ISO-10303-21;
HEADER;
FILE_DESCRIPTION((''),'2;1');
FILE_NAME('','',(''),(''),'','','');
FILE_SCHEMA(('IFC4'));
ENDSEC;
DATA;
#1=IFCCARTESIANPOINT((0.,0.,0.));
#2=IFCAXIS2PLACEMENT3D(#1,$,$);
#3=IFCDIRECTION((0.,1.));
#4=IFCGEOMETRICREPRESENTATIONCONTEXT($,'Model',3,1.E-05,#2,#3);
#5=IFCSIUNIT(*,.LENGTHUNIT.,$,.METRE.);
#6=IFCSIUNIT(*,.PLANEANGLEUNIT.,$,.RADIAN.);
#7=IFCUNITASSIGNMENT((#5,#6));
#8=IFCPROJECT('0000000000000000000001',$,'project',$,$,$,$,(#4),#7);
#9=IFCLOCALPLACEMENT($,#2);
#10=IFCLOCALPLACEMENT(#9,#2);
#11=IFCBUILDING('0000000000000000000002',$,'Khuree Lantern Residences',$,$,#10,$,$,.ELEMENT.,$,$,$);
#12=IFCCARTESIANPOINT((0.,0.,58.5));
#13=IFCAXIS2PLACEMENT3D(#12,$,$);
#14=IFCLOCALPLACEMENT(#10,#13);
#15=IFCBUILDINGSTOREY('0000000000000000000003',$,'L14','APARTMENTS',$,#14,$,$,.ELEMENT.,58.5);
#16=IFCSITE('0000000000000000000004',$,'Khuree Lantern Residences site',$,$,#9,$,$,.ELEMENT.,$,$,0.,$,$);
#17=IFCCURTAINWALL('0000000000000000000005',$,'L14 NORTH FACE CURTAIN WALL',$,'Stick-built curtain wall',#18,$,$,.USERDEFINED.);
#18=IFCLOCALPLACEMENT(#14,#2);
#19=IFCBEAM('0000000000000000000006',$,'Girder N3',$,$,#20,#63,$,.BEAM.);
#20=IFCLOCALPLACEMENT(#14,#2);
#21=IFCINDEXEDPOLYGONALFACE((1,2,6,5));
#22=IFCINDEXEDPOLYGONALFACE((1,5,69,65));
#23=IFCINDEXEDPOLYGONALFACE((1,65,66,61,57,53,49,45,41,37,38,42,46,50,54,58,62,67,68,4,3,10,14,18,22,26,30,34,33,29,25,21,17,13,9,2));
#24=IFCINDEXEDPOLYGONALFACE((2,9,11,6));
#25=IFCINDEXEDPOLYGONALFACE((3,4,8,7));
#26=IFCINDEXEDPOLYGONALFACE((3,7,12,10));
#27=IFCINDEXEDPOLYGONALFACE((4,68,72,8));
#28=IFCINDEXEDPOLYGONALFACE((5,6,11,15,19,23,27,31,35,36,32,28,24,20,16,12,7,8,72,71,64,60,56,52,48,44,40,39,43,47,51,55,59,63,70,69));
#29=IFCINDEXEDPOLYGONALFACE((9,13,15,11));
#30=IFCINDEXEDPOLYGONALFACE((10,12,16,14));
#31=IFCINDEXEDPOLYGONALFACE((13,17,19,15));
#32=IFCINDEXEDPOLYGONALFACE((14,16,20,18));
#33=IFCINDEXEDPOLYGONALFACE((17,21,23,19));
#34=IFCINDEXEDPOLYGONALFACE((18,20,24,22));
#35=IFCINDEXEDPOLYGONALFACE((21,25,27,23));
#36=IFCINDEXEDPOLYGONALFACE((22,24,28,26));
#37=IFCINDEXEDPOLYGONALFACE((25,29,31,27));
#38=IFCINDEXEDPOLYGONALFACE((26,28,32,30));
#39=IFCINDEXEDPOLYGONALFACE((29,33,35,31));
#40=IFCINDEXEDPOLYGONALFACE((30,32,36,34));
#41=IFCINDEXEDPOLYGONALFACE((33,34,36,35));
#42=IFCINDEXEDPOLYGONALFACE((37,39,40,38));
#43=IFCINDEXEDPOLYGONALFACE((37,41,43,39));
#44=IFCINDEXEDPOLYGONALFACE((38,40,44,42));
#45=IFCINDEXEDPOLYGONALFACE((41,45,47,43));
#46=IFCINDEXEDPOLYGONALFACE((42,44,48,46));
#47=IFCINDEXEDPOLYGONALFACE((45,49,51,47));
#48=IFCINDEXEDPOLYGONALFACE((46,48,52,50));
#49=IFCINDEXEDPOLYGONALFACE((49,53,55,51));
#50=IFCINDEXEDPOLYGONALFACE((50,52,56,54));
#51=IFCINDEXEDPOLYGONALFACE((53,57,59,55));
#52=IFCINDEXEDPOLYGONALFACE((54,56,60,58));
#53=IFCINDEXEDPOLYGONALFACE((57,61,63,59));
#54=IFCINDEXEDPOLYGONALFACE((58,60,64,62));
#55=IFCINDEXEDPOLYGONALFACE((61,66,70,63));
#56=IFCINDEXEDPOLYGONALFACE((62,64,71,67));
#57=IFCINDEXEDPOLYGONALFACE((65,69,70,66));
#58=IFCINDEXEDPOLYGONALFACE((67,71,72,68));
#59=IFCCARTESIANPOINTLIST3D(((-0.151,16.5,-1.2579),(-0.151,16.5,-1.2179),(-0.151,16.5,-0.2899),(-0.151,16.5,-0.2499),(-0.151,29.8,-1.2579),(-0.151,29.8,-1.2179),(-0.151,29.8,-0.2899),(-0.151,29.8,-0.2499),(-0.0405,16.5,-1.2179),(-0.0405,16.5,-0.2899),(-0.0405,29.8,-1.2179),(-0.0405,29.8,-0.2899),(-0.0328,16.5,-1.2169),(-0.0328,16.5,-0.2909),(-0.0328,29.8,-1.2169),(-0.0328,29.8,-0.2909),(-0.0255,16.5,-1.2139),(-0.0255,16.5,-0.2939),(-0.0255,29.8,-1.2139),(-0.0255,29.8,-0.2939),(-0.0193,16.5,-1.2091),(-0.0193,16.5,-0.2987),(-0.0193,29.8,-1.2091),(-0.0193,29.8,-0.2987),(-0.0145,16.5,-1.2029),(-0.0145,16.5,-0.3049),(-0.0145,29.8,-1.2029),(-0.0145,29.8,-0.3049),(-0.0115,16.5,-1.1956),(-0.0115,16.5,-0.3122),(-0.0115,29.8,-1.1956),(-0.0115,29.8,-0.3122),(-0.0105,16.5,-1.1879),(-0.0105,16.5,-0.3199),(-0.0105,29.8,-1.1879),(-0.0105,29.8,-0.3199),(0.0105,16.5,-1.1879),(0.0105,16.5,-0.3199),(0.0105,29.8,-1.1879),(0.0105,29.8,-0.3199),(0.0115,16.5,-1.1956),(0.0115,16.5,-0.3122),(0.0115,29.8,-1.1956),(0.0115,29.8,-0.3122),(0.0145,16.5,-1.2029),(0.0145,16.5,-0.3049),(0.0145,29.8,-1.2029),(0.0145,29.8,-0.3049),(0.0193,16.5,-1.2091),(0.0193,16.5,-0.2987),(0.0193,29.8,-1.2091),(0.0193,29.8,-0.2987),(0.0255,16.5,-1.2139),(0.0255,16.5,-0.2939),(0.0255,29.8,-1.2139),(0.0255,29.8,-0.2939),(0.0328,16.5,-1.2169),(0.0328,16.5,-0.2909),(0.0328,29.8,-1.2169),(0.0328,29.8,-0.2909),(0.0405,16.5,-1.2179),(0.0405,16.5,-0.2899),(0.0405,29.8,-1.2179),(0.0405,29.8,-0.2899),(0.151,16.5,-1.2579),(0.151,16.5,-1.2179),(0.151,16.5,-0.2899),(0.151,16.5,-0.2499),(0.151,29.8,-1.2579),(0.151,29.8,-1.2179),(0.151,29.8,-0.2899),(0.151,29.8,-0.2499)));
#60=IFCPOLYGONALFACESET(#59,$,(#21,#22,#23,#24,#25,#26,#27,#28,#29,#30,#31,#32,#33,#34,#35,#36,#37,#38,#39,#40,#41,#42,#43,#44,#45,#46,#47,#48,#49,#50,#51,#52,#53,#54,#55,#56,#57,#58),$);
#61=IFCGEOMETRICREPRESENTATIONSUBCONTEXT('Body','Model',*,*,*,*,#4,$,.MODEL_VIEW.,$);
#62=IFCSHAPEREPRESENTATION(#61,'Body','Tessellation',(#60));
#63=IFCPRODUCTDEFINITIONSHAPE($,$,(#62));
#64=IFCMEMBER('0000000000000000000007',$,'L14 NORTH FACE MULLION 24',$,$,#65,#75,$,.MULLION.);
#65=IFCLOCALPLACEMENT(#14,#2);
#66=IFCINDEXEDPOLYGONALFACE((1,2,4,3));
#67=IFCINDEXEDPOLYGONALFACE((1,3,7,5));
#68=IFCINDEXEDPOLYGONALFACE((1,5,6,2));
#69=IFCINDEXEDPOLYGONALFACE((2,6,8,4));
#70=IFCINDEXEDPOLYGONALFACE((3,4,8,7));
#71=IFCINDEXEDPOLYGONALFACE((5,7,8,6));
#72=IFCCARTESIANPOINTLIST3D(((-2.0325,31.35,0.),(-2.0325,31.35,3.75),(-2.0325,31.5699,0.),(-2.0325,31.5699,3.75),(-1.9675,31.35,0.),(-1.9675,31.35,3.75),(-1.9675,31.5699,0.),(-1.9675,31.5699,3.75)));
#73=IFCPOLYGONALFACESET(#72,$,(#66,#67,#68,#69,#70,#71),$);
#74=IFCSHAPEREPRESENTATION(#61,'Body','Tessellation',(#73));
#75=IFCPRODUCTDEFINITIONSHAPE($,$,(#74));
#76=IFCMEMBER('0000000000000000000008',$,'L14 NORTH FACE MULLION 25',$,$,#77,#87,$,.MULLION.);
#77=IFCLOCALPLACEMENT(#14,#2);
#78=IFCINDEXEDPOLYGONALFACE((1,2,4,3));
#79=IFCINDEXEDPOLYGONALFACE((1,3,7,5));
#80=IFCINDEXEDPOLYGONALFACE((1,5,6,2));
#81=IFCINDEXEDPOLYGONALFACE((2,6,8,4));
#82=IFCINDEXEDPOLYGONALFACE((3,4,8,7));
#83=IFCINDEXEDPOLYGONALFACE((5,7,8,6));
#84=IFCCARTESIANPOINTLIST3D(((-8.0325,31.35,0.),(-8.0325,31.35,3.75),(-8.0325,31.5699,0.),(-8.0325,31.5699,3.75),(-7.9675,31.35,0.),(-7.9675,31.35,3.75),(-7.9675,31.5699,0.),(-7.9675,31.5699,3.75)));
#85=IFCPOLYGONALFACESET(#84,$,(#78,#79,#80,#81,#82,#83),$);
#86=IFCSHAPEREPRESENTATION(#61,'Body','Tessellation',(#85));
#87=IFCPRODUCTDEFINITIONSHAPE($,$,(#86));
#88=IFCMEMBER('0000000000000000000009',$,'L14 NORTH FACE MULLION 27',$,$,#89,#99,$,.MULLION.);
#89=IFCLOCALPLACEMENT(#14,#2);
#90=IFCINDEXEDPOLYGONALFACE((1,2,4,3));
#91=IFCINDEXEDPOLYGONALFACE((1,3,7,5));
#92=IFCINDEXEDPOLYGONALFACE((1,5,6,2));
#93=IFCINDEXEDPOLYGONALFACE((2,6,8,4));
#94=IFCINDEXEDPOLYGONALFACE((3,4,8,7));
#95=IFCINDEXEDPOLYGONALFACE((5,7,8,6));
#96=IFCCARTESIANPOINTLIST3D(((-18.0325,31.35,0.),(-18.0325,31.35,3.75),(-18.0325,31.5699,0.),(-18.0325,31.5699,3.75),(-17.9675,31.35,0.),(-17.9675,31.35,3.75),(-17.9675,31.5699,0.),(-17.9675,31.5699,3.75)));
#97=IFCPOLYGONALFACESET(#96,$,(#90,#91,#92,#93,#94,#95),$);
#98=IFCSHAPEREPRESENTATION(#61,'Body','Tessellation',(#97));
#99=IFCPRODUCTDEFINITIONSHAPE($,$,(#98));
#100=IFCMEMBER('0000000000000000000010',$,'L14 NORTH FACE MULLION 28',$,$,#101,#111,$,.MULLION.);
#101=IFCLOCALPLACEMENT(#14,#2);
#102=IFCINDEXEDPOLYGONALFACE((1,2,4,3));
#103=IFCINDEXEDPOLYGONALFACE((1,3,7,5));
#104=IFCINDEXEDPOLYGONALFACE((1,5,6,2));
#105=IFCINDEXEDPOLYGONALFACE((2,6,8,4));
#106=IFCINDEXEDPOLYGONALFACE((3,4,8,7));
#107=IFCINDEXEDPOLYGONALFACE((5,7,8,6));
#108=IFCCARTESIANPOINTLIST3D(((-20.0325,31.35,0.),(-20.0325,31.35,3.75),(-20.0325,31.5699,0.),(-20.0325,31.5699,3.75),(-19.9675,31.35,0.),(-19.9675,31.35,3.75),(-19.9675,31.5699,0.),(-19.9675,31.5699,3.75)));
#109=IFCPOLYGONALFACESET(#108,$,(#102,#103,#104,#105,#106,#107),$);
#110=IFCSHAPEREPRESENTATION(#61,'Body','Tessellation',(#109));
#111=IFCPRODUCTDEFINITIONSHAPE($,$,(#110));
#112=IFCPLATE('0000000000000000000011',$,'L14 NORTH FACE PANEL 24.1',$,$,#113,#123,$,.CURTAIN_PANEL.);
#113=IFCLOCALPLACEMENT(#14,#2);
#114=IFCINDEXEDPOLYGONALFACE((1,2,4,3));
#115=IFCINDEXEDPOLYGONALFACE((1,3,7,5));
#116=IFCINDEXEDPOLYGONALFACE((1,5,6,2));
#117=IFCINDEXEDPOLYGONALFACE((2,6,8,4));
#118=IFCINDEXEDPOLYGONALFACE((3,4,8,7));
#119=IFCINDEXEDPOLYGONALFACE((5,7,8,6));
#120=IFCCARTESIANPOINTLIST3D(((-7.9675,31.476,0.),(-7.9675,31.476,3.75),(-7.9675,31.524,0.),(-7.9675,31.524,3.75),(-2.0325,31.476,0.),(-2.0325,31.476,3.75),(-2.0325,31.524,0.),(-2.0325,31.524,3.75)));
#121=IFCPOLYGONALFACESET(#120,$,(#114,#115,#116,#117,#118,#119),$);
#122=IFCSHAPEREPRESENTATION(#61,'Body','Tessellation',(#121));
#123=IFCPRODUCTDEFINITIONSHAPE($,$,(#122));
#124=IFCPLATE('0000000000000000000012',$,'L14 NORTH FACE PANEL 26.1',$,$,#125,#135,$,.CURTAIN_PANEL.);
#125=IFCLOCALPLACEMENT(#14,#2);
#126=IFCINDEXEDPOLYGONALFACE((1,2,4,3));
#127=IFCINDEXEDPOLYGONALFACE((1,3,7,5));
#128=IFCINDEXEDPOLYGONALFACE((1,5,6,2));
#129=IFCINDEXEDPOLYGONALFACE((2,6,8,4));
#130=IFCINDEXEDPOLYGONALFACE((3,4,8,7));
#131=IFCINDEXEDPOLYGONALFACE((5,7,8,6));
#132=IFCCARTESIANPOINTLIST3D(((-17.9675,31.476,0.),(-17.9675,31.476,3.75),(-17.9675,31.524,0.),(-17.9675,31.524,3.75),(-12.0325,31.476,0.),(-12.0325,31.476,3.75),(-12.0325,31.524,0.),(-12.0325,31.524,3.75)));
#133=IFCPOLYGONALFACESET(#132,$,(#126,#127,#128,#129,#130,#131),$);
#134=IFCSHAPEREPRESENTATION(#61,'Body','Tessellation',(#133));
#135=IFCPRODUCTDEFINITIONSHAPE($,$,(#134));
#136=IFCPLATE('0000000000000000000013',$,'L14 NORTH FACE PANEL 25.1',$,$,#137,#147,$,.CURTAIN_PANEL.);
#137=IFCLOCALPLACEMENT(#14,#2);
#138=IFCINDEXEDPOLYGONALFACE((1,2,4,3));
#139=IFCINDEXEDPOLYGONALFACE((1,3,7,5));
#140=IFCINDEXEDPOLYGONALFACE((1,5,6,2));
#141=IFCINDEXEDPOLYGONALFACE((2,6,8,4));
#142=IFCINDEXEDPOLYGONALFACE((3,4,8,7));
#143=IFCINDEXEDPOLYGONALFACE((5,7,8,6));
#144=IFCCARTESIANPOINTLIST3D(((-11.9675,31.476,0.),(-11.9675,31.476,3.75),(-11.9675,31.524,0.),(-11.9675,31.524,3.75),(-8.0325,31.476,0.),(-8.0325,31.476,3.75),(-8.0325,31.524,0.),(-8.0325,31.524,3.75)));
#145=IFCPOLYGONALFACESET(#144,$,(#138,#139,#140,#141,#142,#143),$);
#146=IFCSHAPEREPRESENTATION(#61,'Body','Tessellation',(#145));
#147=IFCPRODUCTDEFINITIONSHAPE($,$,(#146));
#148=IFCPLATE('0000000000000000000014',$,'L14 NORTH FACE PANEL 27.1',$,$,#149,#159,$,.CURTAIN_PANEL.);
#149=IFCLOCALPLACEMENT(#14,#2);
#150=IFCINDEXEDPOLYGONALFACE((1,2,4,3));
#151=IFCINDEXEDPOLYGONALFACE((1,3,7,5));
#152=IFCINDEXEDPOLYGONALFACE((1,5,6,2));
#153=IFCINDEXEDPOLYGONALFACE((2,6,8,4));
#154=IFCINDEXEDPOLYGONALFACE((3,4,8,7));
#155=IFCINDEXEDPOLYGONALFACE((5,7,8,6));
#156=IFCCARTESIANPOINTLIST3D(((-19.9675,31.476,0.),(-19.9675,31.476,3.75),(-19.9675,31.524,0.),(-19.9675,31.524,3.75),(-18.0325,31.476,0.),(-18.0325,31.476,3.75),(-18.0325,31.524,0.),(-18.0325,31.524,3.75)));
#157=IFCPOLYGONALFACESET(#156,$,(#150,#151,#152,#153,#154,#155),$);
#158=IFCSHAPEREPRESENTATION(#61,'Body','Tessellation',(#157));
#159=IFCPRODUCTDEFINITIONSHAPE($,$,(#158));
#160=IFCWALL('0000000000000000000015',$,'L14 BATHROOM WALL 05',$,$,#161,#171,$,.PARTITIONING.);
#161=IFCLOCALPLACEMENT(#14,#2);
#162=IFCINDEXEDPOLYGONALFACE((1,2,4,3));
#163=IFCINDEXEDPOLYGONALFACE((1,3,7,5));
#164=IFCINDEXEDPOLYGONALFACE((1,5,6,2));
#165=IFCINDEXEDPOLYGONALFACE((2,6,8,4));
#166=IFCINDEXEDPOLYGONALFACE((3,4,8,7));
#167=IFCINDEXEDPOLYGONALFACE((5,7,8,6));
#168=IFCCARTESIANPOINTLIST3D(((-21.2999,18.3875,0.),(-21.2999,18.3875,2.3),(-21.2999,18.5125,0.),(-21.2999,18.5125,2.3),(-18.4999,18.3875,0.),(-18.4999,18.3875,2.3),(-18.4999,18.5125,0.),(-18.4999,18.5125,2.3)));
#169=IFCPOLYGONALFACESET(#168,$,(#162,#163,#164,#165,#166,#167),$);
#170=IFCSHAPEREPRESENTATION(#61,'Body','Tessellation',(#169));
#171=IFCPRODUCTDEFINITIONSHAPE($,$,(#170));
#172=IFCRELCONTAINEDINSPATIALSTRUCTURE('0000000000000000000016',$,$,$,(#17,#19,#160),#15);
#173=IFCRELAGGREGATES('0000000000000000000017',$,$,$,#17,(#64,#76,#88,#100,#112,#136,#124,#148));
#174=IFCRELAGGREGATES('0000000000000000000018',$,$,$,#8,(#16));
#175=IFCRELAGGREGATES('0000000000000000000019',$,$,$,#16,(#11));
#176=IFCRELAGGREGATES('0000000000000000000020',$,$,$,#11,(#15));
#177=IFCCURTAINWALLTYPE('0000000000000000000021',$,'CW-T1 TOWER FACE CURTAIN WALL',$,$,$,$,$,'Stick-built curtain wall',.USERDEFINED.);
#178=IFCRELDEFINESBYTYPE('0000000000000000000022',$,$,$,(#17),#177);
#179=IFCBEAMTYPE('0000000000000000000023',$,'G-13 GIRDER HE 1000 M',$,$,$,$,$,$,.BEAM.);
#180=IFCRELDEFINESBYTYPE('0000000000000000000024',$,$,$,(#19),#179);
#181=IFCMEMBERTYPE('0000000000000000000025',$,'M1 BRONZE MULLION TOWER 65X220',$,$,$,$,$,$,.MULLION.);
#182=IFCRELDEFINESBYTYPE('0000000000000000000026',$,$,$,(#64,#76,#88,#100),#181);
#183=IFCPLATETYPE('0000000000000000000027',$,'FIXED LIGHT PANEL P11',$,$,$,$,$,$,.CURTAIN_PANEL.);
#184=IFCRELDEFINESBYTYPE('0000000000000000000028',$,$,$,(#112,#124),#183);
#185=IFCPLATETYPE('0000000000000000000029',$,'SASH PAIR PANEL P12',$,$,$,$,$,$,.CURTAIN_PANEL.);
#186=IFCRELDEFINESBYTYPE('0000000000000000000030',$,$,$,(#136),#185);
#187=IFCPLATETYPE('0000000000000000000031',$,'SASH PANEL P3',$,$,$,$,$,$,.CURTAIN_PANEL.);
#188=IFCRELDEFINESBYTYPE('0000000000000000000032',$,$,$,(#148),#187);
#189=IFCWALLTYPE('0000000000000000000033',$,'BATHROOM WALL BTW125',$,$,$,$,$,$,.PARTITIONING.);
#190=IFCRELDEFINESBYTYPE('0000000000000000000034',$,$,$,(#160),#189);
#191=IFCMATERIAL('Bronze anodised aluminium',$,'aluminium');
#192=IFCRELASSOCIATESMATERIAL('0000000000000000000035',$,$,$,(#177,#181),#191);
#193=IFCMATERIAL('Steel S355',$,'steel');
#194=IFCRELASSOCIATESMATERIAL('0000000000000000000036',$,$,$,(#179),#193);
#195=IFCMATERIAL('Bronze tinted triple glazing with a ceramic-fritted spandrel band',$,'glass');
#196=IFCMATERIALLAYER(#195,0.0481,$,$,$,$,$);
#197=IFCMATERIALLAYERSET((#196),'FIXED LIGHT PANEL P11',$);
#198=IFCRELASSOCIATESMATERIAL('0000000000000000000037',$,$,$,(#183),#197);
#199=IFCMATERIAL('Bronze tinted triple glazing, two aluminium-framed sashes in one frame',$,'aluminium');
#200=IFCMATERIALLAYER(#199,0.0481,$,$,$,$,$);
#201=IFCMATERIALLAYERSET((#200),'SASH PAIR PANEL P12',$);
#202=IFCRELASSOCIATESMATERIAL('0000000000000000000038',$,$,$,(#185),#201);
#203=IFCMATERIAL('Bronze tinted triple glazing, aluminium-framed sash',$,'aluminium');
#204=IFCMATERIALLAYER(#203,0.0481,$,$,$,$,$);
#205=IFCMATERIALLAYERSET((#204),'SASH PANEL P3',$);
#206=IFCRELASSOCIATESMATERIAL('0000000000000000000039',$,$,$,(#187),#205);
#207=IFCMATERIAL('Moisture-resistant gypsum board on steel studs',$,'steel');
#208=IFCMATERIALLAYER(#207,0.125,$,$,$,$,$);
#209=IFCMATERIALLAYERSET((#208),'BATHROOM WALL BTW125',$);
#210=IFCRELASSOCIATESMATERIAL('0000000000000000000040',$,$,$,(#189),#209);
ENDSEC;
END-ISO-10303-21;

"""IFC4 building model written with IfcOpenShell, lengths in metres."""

from ifc_helpers import new_model, si_unit, direction, frame, frame_2d, origin, origin_2d, place, context, subcontext, project, spatial, rectangle, i_section, extrude, material, layer, layer_set, material_profile, profile_set, type_object, element, aggregate, save


model = new_model("IFC4")

# Units and contexts
model_context = context("Model", 3, precision=1e-05, world=origin(), true_north=direction((0.0, 1.0)))
body_context = subcontext(model_context, "Body", "Model", "MODEL_VIEW")
ifc_project = project(units=[si_unit("LENGTHUNIT", "METRE"), si_unit("PLANEANGLEUNIT", "RADIAN")], contexts=[model_context])

# Site, building, storey
site_placement = place(None, origin())
site = spatial("IfcSite", under=ifc_project, at=site_placement, Name="Khuree Lantern Residences site", CompositionType="ELEMENT", RefElevation=0.0)
building_placement = place(site_placement, origin())
building = spatial("IfcBuilding", under=site, at=building_placement, Name="Khuree Lantern Residences", CompositionType="ELEMENT")
storey_placement = place(building_placement, frame((0.0, 0.0, 58.5)))
storey = spatial("IfcBuildingStorey", under=building, at=storey_placement, Name="L14", Description="APARTMENTS", CompositionType="ELEMENT", Elevation=58.5)

# Shared definitions
ifc_material_1 = material(Name="Steel S355", Category="steel")

# Curtain wall
ifc_material_2 = material(Name="Bronze anodised aluminium", Category="aluminium")
curtain_wall_type = type_object("IfcCurtainWallType", Name="CW-T1 TOWER FACE CURTAIN WALL", ElementType="Stick-built curtain wall", PredefinedType="USERDEFINED", material=ifc_material_2)
curtain_wall_placement = place(storey_placement, origin())
curtain_wall = element("IfcCurtainWall", 1, at=curtain_wall_placement, inside=storey, type_object=curtain_wall_type, Name="L14 NORTH FACE CURTAIN WALL", ObjectType="Stick-built curtain wall", PredefinedType="USERDEFINED")

# Beam
ifc_material_profile_1 = material_profile(ifc_material_1, i_section(OverallWidth=0.302, OverallDepth=1.0081, WebThickness=0.021, FlangeThickness=0.04, FilletRadius=0.03, at=origin_2d()), Name="HE 1000 M")
ifc_profile_set_1 = profile_set([ifc_material_profile_1], Name="Steel S355")
beam_type_1 = type_object("IfcBeamType", Name="G-13 GIRDER HE 1000 M", PredefinedType="BEAM", material=ifc_profile_set_1)
for number, where, z_axis, x_axis, name in (
    (2, (0.0, 29.8, -0.7539), (0.0, -1.0, 0.0), (1.0, 0.0, 0.0), "Girder N3"),
):
    element("IfcBeam", number, at=place(storey_placement, frame(where, z_axis=z_axis, x_axis=x_axis)), inside=storey, type_object=beam_type_1, Name=name, PredefinedType="BEAM", context=body_context, shape_type="SweptSolid", body=[
        extrude(i_section(OverallWidth=0.302, OverallDepth=1.0081, WebThickness=0.021, FlangeThickness=0.04, FilletRadius=0.03, at=origin_2d()), origin(), (0.0, 0.0, 1.0), 13.3),
    ])

# Members
ifc_material_profile_2 = material_profile(ifc_material_2, rectangle(XDim=0.0649, YDim=0.22, at=origin_2d()), Name="M1 65X220")
ifc_profile_set_2 = profile_set([ifc_material_profile_2], Name="Bronze anodised aluminium")
member_type_1 = type_object("IfcMemberType", Name="M1 BRONZE MULLION TOWER 65X220", PredefinedType="MULLION", material=ifc_profile_set_2)
member_1_placement = place(storey_placement, frame((-2.0, 31.46, 0.0), z_axis=(0.0, 0.0, 1.0), x_axis=(-1.0, 0.0, 0.0)))
member_1 = element("IfcMember", 3, at=member_1_placement, type_object=member_type_1, Name="L14 NORTH FACE MULLION 24", PredefinedType="MULLION", context=body_context, shape_type="SweptSolid", body=[
    extrude(rectangle(XDim=0.0649, YDim=0.22, at=origin_2d()), origin(), (0.0, 0.0, 1.0), 3.75),
])
member_2_placement = place(storey_placement, frame((-8.0, 31.46, 0.0), z_axis=(0.0, 0.0, 1.0), x_axis=(-1.0, 0.0, 0.0)))
member_2 = element("IfcMember", 4, at=member_2_placement, type_object=member_type_1, Name="L14 NORTH FACE MULLION 25", PredefinedType="MULLION", context=body_context, shape_type="SweptSolid", body=[
    extrude(rectangle(XDim=0.0649, YDim=0.22, at=origin_2d()), origin(), (0.0, 0.0, 1.0), 3.75),
])
member_3_placement = place(storey_placement, frame((-18.0, 31.46, 0.0), z_axis=(0.0, 0.0, 1.0), x_axis=(-1.0, 0.0, 0.0)))
member_3 = element("IfcMember", 5, at=member_3_placement, type_object=member_type_1, Name="L14 NORTH FACE MULLION 27", PredefinedType="MULLION", context=body_context, shape_type="SweptSolid", body=[
    extrude(rectangle(XDim=0.0649, YDim=0.22, at=origin_2d()), origin(), (0.0, 0.0, 1.0), 3.75),
])
member_4_placement = place(storey_placement, frame((-20.0, 31.46, 0.0), z_axis=(0.0, 0.0, 1.0), x_axis=(-1.0, 0.0, 0.0)))
member_4 = element("IfcMember", 6, at=member_4_placement, type_object=member_type_1, Name="L14 NORTH FACE MULLION 28", PredefinedType="MULLION", context=body_context, shape_type="SweptSolid", body=[
    extrude(rectangle(XDim=0.0649, YDim=0.22, at=origin_2d()), origin(), (0.0, 0.0, 1.0), 3.75),
])

# Plates
ifc_material_3 = material(Name="Bronze tinted triple glazing with a ceramic-fritted spandrel band", Category="glass")
ifc_layer_1 = layer(ifc_material_3, 0.0481)
ifc_layer_set_1 = layer_set([ifc_layer_1], Name="FIXED LIGHT PANEL P11")
plate_type_1 = type_object("IfcPlateType", Name="FIXED LIGHT PANEL P11", PredefinedType="CURTAIN_PANEL", material=ifc_layer_set_1)
plate_1_placement = place(storey_placement, frame((-5.0, 31.5, 0.0), z_axis=(0.0, 0.0, 1.0), x_axis=(-1.0, 0.0, 0.0)))
plate_1 = element("IfcPlate", 7, at=plate_1_placement, type_object=plate_type_1, Name="L14 NORTH FACE PANEL 24.1", PredefinedType="CURTAIN_PANEL", context=body_context, shape_type="SweptSolid", body=[
    extrude(rectangle(XDim=5.9351, YDim=0.0481, at=origin_2d()), origin(), (0.0, 0.0, 1.0), 3.75),
])
plate_2_placement = place(storey_placement, frame((-15.0, 31.5, 0.0), z_axis=(0.0, 0.0, 1.0), x_axis=(-1.0, 0.0, 0.0)))
plate_2 = element("IfcPlate", 8, at=plate_2_placement, type_object=plate_type_1, Name="L14 NORTH FACE PANEL 26.1", PredefinedType="CURTAIN_PANEL", context=body_context, shape_type="SweptSolid", body=[
    extrude(rectangle(XDim=5.9351, YDim=0.0481, at=origin_2d()), origin(), (0.0, 0.0, 1.0), 3.75),
])
ifc_material_4 = material(Name="Bronze tinted triple glazing, two aluminium-framed sashes in one frame", Category="aluminium")
ifc_layer_2 = layer(ifc_material_4, 0.0481)
ifc_layer_set_2 = layer_set([ifc_layer_2], Name="SASH PAIR PANEL P12")
plate_type_2 = type_object("IfcPlateType", Name="SASH PAIR PANEL P12", PredefinedType="CURTAIN_PANEL", material=ifc_layer_set_2)
plate_3_placement = place(storey_placement, frame((-10.0, 31.5, 0.0), z_axis=(0.0, 0.0, 1.0), x_axis=(-1.0, 0.0, 0.0)))
plate_3 = element("IfcPlate", 9, at=plate_3_placement, type_object=plate_type_2, Name="L14 NORTH FACE PANEL 25.1", PredefinedType="CURTAIN_PANEL", context=body_context, shape_type="SweptSolid", body=[
    extrude(rectangle(XDim=3.9351, YDim=0.0481, at=origin_2d()), origin(), (0.0, 0.0, 1.0), 3.75),
])
ifc_material_5 = material(Name="Bronze tinted triple glazing, aluminium-framed sash", Category="aluminium")
ifc_layer_3 = layer(ifc_material_5, 0.0481)
ifc_layer_set_3 = layer_set([ifc_layer_3], Name="SASH PANEL P3")
plate_type_3 = type_object("IfcPlateType", Name="SASH PANEL P3", PredefinedType="CURTAIN_PANEL", material=ifc_layer_set_3)
plate_4_placement = place(storey_placement, frame((-19.0, 31.5, 0.0), z_axis=(0.0, 0.0, 1.0), x_axis=(-1.0, 0.0, 0.0)))
plate_4 = element("IfcPlate", 10, at=plate_4_placement, type_object=plate_type_3, Name="L14 NORTH FACE PANEL 27.1", PredefinedType="CURTAIN_PANEL", context=body_context, shape_type="SweptSolid", body=[
    extrude(rectangle(XDim=1.9351, YDim=0.0481, at=origin_2d()), origin(), (0.0, 0.0, 1.0), 3.75),
])
aggregate(curtain_wall, [member_1, member_2, member_3, member_4, plate_1, plate_3, plate_2, plate_4])

# Wall
ifc_material_6 = material(Name="Moisture-resistant gypsum board on steel studs", Category="steel")
ifc_layer_4 = layer(ifc_material_6, 0.125)
ifc_layer_set_4 = layer_set([ifc_layer_4], Name="BATHROOM WALL BTW125")
wall_type_1 = type_object("IfcWallType", Name="BATHROOM WALL BTW125", PredefinedType="PARTITIONING", material=ifc_layer_set_4)
wall_1_placement = place(storey_placement, frame((-18.5, 18.45, 0.0), z_axis=(0.0, 0.0, 1.0), x_axis=(-1.0, 0.0, 0.0)))
element("IfcWall", 11, at=wall_1_placement, inside=storey, type_object=wall_type_1, Name="L14 BATHROOM WALL 05", PredefinedType="PARTITIONING", context=body_context, shape_type="SweptSolid", body=[
    extrude(rectangle(XDim=2.8, YDim=0.125, at=frame_2d((1.3999, 0.0))), origin(), (0.0, 0.0, 1.0), 2.3),
])

save(model, "model.ifc")
